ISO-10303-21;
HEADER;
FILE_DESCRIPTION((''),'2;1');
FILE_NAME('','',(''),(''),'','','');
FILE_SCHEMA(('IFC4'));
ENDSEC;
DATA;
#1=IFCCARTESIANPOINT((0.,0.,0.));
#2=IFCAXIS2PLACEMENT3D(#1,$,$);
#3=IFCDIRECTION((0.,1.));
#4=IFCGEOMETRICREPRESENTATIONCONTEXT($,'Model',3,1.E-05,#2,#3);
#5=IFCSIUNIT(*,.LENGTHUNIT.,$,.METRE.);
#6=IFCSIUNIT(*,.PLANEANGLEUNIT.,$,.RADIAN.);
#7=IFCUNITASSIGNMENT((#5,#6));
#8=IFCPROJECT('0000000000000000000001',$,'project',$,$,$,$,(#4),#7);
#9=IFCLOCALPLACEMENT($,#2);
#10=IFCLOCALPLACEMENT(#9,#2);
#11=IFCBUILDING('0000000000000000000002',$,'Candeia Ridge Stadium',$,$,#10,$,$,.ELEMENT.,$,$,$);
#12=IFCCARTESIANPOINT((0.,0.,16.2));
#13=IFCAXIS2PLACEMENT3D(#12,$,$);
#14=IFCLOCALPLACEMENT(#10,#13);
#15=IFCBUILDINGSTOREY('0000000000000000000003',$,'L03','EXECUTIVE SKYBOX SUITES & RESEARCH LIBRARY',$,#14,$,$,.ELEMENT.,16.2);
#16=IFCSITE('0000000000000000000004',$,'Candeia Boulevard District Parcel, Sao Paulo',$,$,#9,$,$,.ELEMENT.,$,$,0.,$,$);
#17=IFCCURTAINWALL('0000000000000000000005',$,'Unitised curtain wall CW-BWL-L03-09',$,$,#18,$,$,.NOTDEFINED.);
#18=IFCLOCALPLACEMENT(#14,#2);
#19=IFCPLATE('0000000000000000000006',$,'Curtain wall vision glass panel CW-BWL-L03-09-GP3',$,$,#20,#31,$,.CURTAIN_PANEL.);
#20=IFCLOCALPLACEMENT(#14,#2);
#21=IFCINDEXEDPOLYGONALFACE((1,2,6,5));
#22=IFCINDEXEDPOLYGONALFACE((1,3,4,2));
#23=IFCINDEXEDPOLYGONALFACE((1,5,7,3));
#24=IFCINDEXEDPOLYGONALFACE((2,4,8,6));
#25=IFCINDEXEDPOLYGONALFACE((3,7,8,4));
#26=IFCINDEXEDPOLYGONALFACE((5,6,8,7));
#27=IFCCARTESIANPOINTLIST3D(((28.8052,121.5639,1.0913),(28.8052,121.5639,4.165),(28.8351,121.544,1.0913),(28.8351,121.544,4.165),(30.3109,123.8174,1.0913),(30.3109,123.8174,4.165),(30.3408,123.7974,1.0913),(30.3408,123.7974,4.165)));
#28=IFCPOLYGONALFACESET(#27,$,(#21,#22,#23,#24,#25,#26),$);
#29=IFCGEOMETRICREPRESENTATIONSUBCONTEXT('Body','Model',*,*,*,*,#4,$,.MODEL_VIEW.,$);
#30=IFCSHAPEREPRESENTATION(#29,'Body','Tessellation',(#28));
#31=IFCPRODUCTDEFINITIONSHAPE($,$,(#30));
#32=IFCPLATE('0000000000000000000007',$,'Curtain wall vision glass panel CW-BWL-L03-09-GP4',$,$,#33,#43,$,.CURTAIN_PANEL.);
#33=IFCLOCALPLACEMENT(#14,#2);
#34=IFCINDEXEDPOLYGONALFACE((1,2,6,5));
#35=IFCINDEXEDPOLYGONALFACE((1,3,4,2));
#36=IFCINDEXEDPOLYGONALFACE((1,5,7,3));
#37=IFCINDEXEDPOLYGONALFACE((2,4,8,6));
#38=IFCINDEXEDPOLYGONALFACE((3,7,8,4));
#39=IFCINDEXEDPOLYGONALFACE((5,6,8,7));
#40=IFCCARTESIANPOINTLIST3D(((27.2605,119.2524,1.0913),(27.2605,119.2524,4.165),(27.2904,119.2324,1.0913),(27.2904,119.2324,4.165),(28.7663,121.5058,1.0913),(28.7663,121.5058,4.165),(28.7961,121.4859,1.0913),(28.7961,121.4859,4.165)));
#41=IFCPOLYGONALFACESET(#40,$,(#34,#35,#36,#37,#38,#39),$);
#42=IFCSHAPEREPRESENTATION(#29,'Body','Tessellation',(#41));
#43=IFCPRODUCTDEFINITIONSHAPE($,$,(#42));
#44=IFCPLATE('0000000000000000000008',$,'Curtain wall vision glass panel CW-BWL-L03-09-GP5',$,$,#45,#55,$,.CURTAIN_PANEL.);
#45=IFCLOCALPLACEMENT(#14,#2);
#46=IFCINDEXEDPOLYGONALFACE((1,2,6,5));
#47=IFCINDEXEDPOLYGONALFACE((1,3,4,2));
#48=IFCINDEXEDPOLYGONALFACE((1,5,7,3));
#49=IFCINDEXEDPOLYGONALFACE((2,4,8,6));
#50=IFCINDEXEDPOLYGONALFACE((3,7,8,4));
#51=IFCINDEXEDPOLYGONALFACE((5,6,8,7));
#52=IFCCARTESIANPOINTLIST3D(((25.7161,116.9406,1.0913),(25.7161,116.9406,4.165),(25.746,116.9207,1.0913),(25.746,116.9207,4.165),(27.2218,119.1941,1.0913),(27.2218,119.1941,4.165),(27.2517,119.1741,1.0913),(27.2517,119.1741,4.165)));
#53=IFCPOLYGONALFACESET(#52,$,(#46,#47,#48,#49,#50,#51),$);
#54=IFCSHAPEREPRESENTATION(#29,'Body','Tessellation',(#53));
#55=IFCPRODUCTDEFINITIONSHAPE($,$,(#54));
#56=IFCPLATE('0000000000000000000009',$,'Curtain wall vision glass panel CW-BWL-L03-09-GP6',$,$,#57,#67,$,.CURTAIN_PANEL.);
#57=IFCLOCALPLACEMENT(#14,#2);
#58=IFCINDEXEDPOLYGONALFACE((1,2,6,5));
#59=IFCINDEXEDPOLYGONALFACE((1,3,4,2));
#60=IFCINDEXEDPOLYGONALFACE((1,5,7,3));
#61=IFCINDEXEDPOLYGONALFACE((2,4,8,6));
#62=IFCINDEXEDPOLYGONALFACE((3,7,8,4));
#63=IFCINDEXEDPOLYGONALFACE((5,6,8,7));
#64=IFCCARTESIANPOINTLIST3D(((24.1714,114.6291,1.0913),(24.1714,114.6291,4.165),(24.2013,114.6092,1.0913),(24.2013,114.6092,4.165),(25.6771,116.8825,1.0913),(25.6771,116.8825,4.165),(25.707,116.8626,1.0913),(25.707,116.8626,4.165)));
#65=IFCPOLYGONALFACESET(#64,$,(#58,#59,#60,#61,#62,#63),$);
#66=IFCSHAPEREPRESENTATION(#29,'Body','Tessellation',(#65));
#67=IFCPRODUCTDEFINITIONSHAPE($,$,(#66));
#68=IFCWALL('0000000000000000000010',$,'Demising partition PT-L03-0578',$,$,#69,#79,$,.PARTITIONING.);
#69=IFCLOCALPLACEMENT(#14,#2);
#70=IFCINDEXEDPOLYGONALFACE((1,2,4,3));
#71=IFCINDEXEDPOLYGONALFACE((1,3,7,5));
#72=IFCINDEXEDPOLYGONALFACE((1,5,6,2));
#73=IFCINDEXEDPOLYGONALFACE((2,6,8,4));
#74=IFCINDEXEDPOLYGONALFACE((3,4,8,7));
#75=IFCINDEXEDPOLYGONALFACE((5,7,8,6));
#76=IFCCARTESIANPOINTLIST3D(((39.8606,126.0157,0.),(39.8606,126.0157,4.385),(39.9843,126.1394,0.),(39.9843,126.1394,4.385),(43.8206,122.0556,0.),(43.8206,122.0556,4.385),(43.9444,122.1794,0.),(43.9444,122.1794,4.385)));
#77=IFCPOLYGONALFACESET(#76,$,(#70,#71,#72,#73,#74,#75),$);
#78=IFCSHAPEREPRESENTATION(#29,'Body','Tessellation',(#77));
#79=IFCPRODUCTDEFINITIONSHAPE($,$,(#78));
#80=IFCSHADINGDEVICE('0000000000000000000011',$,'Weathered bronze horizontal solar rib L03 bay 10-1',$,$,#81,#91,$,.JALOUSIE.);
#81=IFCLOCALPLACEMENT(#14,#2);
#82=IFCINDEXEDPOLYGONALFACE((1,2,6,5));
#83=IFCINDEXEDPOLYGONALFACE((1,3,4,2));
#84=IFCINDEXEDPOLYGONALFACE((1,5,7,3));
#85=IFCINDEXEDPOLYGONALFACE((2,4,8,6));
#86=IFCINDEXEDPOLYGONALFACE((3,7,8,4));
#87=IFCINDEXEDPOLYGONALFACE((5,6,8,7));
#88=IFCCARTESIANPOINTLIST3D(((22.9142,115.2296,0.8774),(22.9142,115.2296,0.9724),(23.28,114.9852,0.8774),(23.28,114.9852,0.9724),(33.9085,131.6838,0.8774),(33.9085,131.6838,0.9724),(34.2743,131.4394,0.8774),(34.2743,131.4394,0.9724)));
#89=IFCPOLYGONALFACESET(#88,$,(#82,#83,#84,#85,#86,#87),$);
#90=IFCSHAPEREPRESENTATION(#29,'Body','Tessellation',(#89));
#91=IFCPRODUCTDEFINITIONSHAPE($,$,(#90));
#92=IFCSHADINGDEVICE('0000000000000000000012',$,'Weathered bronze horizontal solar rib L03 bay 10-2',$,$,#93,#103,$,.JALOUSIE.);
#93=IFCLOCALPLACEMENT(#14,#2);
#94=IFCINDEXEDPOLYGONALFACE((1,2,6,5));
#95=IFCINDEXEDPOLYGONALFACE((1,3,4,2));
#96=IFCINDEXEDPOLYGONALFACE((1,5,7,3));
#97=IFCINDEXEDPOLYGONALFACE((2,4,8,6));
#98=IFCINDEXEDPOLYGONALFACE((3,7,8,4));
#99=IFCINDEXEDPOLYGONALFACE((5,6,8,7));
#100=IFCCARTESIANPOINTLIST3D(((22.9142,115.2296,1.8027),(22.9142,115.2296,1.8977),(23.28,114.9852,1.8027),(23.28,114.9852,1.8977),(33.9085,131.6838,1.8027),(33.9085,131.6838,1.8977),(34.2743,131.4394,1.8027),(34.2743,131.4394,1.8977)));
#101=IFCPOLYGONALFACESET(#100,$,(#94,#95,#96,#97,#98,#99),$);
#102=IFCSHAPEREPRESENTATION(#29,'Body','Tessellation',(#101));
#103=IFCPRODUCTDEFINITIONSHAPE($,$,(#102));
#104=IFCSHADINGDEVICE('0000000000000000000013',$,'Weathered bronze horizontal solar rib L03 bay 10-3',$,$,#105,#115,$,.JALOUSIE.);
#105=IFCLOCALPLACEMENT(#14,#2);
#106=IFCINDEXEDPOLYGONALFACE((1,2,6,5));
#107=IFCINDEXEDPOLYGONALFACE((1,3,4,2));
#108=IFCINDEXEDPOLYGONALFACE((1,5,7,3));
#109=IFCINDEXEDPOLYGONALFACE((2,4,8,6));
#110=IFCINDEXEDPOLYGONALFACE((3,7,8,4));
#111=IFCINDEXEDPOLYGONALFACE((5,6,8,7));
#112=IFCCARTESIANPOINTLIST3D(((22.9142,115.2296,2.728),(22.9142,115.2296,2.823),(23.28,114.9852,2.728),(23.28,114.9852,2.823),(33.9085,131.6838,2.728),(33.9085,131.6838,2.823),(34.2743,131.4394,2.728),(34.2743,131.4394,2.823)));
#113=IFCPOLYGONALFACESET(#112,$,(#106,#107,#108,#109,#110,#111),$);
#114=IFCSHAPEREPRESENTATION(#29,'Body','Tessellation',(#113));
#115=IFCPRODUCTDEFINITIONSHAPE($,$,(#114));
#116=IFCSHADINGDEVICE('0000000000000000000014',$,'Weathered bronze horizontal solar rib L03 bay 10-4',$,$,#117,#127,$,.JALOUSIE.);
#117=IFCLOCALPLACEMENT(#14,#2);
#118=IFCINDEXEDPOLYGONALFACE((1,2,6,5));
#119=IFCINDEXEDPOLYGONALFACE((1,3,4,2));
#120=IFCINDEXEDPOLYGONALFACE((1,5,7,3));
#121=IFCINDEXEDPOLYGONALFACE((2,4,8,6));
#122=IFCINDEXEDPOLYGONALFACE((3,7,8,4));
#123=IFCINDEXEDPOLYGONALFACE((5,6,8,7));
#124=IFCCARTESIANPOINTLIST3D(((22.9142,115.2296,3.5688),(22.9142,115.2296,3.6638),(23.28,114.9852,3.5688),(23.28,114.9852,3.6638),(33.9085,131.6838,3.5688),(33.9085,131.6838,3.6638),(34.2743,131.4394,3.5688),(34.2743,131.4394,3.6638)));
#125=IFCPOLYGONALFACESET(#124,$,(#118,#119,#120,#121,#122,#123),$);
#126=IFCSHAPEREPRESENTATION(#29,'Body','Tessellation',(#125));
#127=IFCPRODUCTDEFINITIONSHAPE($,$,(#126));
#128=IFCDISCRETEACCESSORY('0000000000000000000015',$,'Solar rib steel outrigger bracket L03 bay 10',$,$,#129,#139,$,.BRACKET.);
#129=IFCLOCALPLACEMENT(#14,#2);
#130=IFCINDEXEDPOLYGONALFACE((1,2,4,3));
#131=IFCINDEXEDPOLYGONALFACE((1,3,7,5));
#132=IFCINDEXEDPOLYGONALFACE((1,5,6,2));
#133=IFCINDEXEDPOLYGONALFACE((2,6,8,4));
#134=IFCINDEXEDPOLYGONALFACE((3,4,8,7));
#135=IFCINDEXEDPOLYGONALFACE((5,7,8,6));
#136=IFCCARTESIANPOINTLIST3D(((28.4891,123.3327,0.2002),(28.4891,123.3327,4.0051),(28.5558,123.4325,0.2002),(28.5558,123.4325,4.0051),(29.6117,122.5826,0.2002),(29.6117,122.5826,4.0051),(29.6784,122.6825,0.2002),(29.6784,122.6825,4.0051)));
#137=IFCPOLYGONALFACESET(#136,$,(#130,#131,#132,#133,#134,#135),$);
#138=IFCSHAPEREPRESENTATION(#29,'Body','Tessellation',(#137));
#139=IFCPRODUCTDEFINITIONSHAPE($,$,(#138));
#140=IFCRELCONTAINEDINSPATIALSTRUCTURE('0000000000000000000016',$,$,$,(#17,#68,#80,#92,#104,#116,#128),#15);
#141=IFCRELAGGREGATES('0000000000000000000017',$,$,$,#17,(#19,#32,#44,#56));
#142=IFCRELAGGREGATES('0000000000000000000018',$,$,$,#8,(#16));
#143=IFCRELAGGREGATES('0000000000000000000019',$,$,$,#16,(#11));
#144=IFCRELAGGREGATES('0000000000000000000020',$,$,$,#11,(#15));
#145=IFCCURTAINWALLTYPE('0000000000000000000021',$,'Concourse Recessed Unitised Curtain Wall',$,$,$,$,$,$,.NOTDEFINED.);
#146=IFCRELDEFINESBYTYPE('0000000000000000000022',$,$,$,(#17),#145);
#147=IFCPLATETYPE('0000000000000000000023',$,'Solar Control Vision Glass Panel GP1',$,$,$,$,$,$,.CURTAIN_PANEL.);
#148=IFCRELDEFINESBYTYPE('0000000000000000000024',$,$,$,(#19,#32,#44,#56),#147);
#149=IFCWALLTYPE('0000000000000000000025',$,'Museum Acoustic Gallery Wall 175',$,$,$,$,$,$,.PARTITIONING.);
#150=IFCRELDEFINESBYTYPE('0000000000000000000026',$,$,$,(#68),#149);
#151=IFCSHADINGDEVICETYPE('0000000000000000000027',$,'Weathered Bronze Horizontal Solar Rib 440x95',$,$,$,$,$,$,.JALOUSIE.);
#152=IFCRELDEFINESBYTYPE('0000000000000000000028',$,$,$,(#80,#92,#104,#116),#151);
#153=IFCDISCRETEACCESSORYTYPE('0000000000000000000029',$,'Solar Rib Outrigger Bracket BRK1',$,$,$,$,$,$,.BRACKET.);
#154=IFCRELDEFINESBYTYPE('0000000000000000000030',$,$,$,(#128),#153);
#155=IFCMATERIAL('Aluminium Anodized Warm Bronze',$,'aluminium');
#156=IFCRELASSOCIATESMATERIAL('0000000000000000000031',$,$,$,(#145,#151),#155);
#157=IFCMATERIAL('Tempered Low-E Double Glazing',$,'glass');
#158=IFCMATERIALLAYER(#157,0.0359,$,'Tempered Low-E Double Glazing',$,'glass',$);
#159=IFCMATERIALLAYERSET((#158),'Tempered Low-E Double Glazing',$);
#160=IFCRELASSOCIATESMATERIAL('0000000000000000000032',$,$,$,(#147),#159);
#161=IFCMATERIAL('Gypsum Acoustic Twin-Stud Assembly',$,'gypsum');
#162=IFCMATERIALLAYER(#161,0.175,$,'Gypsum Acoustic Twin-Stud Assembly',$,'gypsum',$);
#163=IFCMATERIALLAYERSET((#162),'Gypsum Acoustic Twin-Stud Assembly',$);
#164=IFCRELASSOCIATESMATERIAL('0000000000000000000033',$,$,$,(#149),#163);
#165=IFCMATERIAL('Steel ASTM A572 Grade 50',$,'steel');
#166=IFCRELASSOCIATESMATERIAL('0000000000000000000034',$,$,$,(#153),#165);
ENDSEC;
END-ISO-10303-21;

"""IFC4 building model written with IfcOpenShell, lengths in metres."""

from ifc_helpers import new_model, si_unit, direction, frame, frame_2d, origin, origin_2d, place, context, subcontext, project, spatial, rectangle, extrude, material, layer, layer_set, type_object, element, aggregate, save


model = new_model("IFC4")

# Units and contexts
model_context = context("Model", 3, precision=1e-05, world=origin(), true_north=direction((0.0, 1.0)))
body_context = subcontext(model_context, "Body", "Model", "MODEL_VIEW")
ifc_project = project(units=[si_unit("LENGTHUNIT", "METRE"), si_unit("PLANEANGLEUNIT", "RADIAN")], contexts=[model_context])

# Site, building, storey
site_placement = place(None, origin())
site = spatial("IfcSite", under=ifc_project, at=site_placement, Name="Candeia Boulevard District Parcel, Sao Paulo", CompositionType="ELEMENT", RefElevation=0.0)
building_placement = place(site_placement, origin())
building = spatial("IfcBuilding", under=site, at=building_placement, Name="Candeia Ridge Stadium", CompositionType="ELEMENT")
storey_placement = place(building_placement, frame((0.0, 0.0, 16.2)))
storey = spatial("IfcBuildingStorey", under=building, at=storey_placement, Name="L03", Description="EXECUTIVE SKYBOX SUITES & RESEARCH LIBRARY", CompositionType="ELEMENT", Elevation=16.2)

# Curtain wall
ifc_material_1 = material(Name="Aluminium Anodized Warm Bronze", Category="aluminium")
curtain_wall_type = type_object("IfcCurtainWallType", Name="Concourse Recessed Unitised Curtain Wall", PredefinedType="NOTDEFINED", material=ifc_material_1)
curtain_wall_placement = place(storey_placement, origin())
curtain_wall = element("IfcCurtainWall", 1, at=curtain_wall_placement, inside=storey, type_object=curtain_wall_type, Name="Unitised curtain wall CW-BWL-L03-09", PredefinedType="NOTDEFINED")

# Plates
ifc_material_2 = material(Name="Tempered Low-E Double Glazing", Category="glass")
ifc_layer_1 = layer(ifc_material_2, 0.0359, Name="Tempered Low-E Double Glazing", Category="glass")
ifc_layer_set_1 = layer_set([ifc_layer_1], Name="Tempered Low-E Double Glazing")
plate_type_1 = type_object("IfcPlateType", Name="Solar Control Vision Glass Panel GP1", PredefinedType="CURTAIN_PANEL", material=ifc_layer_set_1)
plate_1_placement = place(storey_placement, frame((29.573, 122.6807, 1.0913), z_axis=(0.0, 0.0, 1.0), x_axis=(-0.555571, -0.831469, 0.0)))
plate_1 = element("IfcPlate", 2, at=plate_1_placement, type_object=plate_type_1, Name="Curtain wall vision glass panel CW-BWL-L03-09-GP3", PredefinedType="CURTAIN_PANEL", context=body_context, shape_type="SweptSolid", body=[
    extrude(rectangle(XDim=2.7102, YDim=0.0359, at=origin_2d()), origin(), (0.0, 0.0, 1.0), 3.0737),
])
plate_2_placement = place(storey_placement, frame((28.0283, 120.3691, 1.0913), z_axis=(0.0, 0.0, 1.0), x_axis=(-0.555571, -0.831469, 0.0)))
plate_2 = element("IfcPlate", 3, at=plate_2_placement, type_object=plate_type_1, Name="Curtain wall vision glass panel CW-BWL-L03-09-GP4", PredefinedType="CURTAIN_PANEL", context=body_context, shape_type="SweptSolid", body=[
    extrude(rectangle(XDim=2.7102, YDim=0.0359, at=origin_2d()), origin(), (0.0, 0.0, 1.0), 3.0737),
])
plate_3_placement = place(storey_placement, frame((26.4839, 118.0574, 1.0913), z_axis=(0.0, 0.0, 1.0), x_axis=(-0.555571, -0.831469, 0.0)))
plate_3 = element("IfcPlate", 4, at=plate_3_placement, type_object=plate_type_1, Name="Curtain wall vision glass panel CW-BWL-L03-09-GP5", PredefinedType="CURTAIN_PANEL", context=body_context, shape_type="SweptSolid", body=[
    extrude(rectangle(XDim=2.7102, YDim=0.0359, at=origin_2d()), origin(), (0.0, 0.0, 1.0), 3.0737),
])
plate_4_placement = place(storey_placement, frame((24.9392, 115.7458, 1.0913), z_axis=(0.0, 0.0, 1.0), x_axis=(-0.555571, -0.831469, 0.0)))
plate_4 = element("IfcPlate", 5, at=plate_4_placement, type_object=plate_type_1, Name="Curtain wall vision glass panel CW-BWL-L03-09-GP6", PredefinedType="CURTAIN_PANEL", context=body_context, shape_type="SweptSolid", body=[
    extrude(rectangle(XDim=2.7102, YDim=0.0359, at=origin_2d()), origin(), (0.0, 0.0, 1.0), 3.0737),
])
aggregate(curtain_wall, [plate_1, plate_2, plate_3, plate_4])

# Wall
ifc_material_3 = material(Name="Gypsum Acoustic Twin-Stud Assembly", Category="gypsum")
ifc_layer_2 = layer(ifc_material_3, 0.175, Name="Gypsum Acoustic Twin-Stud Assembly", Category="gypsum")
ifc_layer_set_2 = layer_set([ifc_layer_2], Name="Gypsum Acoustic Twin-Stud Assembly")
wall_type = type_object("IfcWallType", Name="Museum Acoustic Gallery Wall 175", PredefinedType="PARTITIONING", material=ifc_layer_set_2)
wall_placement = place(storey_placement, frame((43.8826, 122.1174, 0.0), z_axis=(0.0, 0.0, 1.0), x_axis=(-0.707107, 0.707107, 0.0)))
element("IfcWall", 6, at=wall_placement, inside=storey, type_object=wall_type, Name="Demising partition PT-L03-0578", PredefinedType="PARTITIONING", context=body_context, shape_type="SweptSolid", body=[
    extrude(rectangle(XDim=5.6003, YDim=0.175, at=frame_2d((2.8003, 0.0))), origin(), (0.0, 0.0, 1.0), 4.385),
])

# Shading devices
shading_device_type = type_object("IfcShadingDeviceType", Name="Weathered Bronze Horizontal Solar Rib 440x95", PredefinedType="JALOUSIE", material=ifc_material_1)
for number, where, z_axis, x_axis, name in (
    (7, (28.5942, 123.3345, 0.8774), (0.0, 0.0, 1.0), (-0.55557, -0.83147, 0.0), "Weathered bronze horizontal solar rib L03 bay 10-1"),
    (8, (28.5942, 123.3345, 1.8027), (0.0, 0.0, 1.0), (-0.55557, -0.83147, 0.0), "Weathered bronze horizontal solar rib L03 bay 10-2"),
    (9, (28.5942, 123.3345, 2.728), (0.0, 0.0, 1.0), (-0.55557, -0.83147, 0.0), "Weathered bronze horizontal solar rib L03 bay 10-3"),
    (10, (28.5942, 123.3345, 3.5688), (0.0, 0.0, 1.0), (-0.55557, -0.83147, 0.0), "Weathered bronze horizontal solar rib L03 bay 10-4"),
):
    element("IfcShadingDevice", number, at=place(storey_placement, frame(where, z_axis=z_axis, x_axis=x_axis)), inside=storey, type_object=shading_device_type, Name=name, PredefinedType="JALOUSIE", context=body_context, shape_type="SweptSolid", body=[
        extrude(rectangle(XDim=19.7893, YDim=0.4399, at=origin_2d()), origin(), (0.0, 0.0, 1.0), 0.095),
    ])

# Discrete accessory
ifc_material_4 = material(Name="Steel ASTM A572 Grade 50", Category="steel")
discrete_accessory_type = type_object("IfcDiscreteAccessoryType", Name="Solar Rib Outrigger Bracket BRK1", PredefinedType="BRACKET", material=ifc_material_4)
discrete_accessory_placement = place(storey_placement, frame((29.0837, 123.0076, 0.2002), z_axis=(0.0, 0.0, 1.0), x_axis=(-0.83147, 0.55557, 0.0)))
element("IfcDiscreteAccessory", 11, at=discrete_accessory_placement, inside=storey, type_object=discrete_accessory_type, Name="Solar rib steel outrigger bracket L03 bay 10", PredefinedType="BRACKET", context=body_context, shape_type="SweptSolid", body=[
    extrude(rectangle(XDim=1.3501, YDim=0.1201, at=origin_2d()), origin(), (0.0, 0.0, 1.0), 3.8049),
])

save(model, "model.ifc")
